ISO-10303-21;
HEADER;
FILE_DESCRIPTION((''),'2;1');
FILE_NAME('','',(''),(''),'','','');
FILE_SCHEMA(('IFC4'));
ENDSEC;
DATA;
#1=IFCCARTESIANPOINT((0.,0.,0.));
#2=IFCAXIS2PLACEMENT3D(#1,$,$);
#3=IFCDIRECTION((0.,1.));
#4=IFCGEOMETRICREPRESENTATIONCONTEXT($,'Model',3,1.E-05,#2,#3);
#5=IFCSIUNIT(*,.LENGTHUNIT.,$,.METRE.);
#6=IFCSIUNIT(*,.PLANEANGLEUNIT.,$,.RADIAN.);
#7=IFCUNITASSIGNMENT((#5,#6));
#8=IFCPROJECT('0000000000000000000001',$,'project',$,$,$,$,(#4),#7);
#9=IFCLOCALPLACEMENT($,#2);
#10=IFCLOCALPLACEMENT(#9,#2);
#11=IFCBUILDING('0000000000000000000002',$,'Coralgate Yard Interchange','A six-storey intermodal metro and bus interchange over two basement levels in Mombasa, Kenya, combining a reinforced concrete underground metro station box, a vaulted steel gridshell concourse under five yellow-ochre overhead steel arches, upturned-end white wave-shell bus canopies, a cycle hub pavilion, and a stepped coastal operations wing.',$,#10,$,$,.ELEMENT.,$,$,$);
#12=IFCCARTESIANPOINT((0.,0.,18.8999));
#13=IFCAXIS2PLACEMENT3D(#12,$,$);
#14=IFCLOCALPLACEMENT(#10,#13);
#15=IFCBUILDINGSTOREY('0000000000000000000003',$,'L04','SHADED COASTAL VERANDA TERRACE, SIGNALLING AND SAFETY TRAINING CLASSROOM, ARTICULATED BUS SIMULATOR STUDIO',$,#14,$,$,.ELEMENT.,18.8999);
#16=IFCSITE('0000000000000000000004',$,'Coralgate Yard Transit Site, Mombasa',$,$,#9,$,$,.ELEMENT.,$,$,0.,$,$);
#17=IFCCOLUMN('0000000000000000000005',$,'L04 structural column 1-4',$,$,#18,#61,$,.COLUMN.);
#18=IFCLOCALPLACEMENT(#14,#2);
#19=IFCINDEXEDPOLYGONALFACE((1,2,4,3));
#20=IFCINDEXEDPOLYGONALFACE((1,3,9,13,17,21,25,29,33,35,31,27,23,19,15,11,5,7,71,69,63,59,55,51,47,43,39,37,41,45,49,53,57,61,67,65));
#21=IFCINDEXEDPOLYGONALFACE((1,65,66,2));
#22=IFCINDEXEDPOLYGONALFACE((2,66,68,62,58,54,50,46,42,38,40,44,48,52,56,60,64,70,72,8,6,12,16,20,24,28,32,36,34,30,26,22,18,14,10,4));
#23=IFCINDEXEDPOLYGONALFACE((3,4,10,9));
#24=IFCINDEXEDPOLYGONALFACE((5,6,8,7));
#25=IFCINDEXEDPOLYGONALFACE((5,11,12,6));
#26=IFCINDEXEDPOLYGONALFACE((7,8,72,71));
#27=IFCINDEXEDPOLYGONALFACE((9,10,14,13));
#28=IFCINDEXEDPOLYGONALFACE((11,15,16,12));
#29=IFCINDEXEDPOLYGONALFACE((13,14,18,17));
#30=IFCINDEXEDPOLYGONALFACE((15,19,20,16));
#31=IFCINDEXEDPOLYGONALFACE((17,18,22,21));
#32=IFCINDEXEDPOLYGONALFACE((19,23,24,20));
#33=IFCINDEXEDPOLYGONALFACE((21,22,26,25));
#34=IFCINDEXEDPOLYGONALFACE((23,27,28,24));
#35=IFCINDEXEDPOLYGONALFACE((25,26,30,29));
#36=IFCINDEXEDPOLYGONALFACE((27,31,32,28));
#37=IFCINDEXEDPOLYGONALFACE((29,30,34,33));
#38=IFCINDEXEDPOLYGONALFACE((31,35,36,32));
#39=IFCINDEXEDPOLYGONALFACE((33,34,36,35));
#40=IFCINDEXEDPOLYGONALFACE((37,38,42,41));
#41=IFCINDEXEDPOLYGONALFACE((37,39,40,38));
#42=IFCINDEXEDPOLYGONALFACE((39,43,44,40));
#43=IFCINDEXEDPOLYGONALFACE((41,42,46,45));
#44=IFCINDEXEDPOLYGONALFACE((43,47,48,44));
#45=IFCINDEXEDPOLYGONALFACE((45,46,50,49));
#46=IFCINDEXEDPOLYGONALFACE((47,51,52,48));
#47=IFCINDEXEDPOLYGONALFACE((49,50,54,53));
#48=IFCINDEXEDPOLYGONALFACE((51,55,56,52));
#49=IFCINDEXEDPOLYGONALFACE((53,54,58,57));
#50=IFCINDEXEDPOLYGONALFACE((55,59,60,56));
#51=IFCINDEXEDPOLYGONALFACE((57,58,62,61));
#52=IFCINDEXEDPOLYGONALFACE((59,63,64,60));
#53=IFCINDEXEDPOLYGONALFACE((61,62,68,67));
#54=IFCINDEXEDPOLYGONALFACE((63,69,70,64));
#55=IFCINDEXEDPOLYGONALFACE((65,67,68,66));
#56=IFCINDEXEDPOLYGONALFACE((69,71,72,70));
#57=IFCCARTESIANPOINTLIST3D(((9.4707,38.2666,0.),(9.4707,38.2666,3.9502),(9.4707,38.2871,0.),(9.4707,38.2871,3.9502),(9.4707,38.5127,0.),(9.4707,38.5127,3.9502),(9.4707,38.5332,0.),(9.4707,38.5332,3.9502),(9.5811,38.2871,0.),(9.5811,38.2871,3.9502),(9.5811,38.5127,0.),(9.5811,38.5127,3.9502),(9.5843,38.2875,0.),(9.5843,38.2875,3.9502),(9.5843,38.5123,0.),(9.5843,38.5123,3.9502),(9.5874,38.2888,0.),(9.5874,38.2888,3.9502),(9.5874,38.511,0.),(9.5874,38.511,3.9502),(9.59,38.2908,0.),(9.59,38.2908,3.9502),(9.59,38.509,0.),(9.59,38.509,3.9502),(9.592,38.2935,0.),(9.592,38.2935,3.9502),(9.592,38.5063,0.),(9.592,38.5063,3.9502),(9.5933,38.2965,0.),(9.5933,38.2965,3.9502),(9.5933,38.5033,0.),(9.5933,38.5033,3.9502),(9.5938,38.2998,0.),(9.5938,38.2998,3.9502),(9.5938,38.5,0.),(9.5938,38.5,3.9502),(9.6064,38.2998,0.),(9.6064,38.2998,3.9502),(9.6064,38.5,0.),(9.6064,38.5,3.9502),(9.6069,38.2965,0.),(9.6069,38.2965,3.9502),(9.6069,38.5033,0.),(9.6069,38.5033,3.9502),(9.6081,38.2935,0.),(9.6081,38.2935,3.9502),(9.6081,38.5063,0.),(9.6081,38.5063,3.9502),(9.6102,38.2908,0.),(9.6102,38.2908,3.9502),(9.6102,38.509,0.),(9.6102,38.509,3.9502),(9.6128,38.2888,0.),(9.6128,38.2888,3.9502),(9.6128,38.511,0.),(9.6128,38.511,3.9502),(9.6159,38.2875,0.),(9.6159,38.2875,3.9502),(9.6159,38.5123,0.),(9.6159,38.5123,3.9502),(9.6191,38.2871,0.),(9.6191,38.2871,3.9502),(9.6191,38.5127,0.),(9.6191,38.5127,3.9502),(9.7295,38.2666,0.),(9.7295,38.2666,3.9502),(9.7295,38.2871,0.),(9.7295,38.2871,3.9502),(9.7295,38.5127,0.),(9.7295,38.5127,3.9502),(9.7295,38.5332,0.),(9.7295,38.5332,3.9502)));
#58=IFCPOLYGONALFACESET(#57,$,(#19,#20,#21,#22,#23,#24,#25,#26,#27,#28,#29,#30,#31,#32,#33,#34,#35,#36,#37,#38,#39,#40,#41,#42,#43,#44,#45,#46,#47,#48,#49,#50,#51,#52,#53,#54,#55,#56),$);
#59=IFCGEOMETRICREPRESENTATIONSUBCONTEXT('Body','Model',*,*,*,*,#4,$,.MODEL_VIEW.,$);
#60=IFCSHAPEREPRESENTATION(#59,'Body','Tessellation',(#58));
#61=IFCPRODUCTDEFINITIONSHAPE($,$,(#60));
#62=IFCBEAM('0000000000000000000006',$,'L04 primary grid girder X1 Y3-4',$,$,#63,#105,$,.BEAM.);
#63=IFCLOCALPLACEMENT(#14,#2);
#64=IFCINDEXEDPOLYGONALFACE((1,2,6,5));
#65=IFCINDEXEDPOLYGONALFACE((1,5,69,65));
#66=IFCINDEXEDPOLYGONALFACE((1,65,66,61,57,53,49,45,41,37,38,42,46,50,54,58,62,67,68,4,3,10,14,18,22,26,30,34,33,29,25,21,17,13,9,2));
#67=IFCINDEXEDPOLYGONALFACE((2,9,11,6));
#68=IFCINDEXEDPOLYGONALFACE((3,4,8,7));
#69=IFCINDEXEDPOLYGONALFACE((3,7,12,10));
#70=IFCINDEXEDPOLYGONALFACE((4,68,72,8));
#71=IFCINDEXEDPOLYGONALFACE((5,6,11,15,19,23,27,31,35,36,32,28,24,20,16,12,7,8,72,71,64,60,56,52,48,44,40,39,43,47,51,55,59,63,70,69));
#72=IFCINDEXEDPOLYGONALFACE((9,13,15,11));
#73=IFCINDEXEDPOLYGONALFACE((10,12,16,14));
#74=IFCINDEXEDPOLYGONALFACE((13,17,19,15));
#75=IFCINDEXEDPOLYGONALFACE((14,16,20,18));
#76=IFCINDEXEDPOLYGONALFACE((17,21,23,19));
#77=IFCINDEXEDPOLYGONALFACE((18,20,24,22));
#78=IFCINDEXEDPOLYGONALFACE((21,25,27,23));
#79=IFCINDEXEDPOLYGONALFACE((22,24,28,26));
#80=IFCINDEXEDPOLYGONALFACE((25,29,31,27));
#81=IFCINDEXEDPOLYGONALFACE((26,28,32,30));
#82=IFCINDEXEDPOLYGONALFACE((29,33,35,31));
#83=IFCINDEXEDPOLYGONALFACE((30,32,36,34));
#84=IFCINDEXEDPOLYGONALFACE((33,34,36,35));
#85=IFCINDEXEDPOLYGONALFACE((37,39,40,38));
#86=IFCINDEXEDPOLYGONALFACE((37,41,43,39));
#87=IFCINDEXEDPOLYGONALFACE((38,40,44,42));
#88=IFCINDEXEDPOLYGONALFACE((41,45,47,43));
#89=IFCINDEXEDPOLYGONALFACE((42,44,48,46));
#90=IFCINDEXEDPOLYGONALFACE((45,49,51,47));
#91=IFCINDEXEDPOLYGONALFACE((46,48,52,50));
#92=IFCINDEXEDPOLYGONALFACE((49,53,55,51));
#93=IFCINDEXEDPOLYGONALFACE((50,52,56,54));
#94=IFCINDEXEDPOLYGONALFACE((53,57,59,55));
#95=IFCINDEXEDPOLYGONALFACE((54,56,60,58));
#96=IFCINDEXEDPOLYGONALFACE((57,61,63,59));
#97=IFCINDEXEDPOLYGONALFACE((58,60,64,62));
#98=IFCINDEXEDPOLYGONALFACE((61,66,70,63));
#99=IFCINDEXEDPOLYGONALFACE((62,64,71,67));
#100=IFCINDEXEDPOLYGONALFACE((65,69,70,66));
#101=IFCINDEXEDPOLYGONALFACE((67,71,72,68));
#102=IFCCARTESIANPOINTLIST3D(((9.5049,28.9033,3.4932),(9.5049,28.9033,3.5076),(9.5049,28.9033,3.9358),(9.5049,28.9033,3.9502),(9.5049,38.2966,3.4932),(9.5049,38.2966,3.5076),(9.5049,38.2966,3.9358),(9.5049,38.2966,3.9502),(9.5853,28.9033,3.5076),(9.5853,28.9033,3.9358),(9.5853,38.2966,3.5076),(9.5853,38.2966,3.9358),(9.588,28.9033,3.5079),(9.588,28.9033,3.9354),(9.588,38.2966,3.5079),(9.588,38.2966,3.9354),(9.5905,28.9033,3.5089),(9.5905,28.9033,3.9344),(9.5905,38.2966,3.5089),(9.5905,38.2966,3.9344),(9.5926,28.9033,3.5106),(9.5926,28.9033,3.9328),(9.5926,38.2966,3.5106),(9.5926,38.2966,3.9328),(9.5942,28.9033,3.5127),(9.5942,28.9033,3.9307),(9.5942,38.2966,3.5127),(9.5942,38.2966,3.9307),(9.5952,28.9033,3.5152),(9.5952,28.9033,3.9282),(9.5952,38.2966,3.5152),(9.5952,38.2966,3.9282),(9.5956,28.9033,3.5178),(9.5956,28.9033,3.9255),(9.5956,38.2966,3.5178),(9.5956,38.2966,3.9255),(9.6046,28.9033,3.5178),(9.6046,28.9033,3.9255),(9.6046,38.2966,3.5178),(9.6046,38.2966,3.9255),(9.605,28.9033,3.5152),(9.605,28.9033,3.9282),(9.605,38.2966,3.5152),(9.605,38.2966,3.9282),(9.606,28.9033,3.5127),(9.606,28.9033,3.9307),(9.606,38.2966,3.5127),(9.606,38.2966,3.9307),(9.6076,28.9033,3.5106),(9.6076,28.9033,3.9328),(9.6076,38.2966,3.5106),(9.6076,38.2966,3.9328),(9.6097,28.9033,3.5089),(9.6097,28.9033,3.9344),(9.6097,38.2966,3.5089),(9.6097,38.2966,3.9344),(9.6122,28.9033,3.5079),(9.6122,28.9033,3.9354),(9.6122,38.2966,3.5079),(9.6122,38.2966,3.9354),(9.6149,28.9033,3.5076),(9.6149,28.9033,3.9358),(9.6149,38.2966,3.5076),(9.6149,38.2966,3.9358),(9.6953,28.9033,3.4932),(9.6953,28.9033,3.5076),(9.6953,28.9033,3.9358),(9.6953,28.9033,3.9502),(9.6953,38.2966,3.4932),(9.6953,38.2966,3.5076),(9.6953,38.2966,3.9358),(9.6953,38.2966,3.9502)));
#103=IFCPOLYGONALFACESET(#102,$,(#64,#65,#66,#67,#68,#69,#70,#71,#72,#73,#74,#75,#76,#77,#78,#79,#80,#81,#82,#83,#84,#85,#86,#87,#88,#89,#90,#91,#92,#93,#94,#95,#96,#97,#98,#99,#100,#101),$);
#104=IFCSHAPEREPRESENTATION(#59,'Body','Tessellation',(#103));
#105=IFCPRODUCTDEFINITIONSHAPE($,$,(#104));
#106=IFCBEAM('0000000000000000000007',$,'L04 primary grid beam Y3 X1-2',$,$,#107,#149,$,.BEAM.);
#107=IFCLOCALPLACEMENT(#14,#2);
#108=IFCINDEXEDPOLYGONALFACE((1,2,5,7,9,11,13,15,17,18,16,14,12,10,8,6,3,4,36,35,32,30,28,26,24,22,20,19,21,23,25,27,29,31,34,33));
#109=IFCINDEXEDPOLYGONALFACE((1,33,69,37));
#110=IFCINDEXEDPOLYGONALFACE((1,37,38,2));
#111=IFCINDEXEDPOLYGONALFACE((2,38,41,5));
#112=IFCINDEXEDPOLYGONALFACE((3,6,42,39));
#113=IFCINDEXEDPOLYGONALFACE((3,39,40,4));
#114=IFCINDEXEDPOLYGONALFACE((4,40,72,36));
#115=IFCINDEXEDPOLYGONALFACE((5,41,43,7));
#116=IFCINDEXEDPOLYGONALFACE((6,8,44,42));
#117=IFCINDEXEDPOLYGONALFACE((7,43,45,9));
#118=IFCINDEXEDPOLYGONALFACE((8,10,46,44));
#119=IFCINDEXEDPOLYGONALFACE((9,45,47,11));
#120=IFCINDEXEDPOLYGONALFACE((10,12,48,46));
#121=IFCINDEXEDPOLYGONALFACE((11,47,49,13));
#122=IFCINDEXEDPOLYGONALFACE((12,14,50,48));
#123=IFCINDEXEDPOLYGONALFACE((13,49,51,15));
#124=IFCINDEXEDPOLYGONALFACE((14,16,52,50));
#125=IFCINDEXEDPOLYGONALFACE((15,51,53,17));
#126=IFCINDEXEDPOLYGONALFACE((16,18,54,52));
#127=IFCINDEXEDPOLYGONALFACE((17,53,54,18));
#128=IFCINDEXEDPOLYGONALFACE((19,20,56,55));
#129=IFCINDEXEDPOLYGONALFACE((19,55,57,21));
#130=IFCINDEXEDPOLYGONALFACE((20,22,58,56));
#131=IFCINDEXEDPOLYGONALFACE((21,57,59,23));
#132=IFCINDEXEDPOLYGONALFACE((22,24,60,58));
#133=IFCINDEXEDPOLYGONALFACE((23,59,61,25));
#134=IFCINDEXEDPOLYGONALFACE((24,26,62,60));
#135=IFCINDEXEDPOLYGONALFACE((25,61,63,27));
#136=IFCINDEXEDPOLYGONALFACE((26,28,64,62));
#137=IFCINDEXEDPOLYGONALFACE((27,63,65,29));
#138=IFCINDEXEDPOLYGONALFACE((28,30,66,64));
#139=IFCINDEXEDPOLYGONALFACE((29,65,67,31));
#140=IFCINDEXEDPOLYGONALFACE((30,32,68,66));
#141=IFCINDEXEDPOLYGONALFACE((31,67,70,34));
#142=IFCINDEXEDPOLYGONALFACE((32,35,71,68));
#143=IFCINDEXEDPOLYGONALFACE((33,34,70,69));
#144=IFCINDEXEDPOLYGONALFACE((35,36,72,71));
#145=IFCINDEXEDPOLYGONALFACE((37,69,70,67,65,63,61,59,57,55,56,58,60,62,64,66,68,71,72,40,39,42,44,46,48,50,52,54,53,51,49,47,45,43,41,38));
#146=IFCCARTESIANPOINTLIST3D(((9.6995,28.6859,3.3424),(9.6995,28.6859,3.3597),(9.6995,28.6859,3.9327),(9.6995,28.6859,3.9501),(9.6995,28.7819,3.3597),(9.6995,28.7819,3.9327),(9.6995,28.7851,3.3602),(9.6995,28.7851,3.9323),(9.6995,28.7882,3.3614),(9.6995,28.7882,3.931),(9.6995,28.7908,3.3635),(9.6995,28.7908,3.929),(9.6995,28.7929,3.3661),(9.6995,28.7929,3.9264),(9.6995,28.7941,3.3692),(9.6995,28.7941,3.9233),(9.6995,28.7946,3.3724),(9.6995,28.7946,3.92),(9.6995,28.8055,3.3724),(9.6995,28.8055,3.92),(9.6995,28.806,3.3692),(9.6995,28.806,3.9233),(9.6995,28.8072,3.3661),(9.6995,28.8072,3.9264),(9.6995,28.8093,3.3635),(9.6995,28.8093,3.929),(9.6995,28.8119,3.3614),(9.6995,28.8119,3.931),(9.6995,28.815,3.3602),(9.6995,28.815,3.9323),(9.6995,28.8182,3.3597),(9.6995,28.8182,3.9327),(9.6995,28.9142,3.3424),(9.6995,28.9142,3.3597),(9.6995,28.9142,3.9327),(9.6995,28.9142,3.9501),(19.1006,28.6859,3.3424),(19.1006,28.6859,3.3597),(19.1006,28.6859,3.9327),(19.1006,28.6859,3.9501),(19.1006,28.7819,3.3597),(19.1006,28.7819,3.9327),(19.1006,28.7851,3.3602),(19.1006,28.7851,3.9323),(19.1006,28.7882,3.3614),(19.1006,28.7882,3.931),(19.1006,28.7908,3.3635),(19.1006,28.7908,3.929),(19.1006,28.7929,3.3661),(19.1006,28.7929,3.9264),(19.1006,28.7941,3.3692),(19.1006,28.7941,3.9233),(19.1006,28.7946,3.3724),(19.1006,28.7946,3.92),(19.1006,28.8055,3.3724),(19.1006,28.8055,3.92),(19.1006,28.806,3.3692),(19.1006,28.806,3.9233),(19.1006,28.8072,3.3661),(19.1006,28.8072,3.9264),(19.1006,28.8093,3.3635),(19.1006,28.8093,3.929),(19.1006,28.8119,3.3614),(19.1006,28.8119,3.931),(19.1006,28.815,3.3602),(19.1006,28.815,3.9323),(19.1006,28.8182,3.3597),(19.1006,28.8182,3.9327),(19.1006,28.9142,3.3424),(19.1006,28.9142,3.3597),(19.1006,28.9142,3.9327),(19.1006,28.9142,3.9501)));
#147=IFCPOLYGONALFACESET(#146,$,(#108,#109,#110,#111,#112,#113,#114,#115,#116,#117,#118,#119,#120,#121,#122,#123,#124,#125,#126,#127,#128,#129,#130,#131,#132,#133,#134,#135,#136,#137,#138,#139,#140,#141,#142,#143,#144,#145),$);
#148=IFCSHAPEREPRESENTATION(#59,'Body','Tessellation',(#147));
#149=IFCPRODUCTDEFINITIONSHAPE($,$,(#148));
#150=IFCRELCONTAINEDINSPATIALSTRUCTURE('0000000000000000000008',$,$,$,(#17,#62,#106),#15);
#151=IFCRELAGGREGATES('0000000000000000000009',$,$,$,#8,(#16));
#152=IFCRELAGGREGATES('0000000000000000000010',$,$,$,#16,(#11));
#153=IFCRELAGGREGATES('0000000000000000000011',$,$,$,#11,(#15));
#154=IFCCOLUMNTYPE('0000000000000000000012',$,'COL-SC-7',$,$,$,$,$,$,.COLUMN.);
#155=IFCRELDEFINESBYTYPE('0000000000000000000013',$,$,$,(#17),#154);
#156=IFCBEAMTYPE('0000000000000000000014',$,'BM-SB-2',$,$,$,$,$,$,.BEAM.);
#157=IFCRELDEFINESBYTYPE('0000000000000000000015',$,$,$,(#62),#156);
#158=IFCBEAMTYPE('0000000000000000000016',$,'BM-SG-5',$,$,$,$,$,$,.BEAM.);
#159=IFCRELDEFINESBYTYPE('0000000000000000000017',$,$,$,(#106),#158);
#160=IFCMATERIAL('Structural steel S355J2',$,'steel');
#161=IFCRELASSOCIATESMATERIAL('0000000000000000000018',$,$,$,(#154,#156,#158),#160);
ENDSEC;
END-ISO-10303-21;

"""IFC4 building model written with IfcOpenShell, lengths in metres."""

from ifc_helpers import new_model, si_unit, direction, frame, origin, origin_2d, place, context, subcontext, project, spatial, i_section, extrude, material, material_profile, profile_set, type_object, element, save


model = new_model("IFC4")

# Units and contexts
model_context = context("Model", 3, precision=1e-05, world=origin(), true_north=direction((0.0, 1.0)))
body_context = subcontext(model_context, "Body", "Model", "MODEL_VIEW")
ifc_project = project(units=[si_unit("LENGTHUNIT", "METRE"), si_unit("PLANEANGLEUNIT", "RADIAN")], contexts=[model_context])

# Site, building, storey
site_placement = place(None, origin())
site = spatial("IfcSite", under=ifc_project, at=site_placement, Name="Coralgate Yard Transit Site, Mombasa", CompositionType="ELEMENT", RefElevation=0.0)
building_placement = place(site_placement, origin())
building = spatial("IfcBuilding", under=site, at=building_placement, Name="Coralgate Yard Interchange", Description="A six-storey intermodal metro and bus interchange over two basement levels in Mombasa, Kenya, combining a reinforced concrete underground metro station box, a vaulted steel gridshell concourse under five yellow-ochre overhead steel arches, upturned-end white wave-shell bus canopies, a cycle hub pavilion, and a stepped coastal operations wing.", CompositionType="ELEMENT")
storey_placement = place(building_placement, frame((0.0, 0.0, 18.8999)))
storey = spatial("IfcBuildingStorey", under=building, at=storey_placement, Name="L04", Description="SHADED COASTAL VERANDA TERRACE, SIGNALLING AND SAFETY TRAINING CLASSROOM, ARTICULATED BUS SIMULATOR STUDIO", CompositionType="ELEMENT", Elevation=18.8999)

# Column
ifc_material_1 = material(Name="Structural steel S355J2", Category="steel")
ifc_material_profile_1 = material_profile(ifc_material_1, i_section(OverallWidth=0.2588, OverallDepth=0.2666, WebThickness=0.0127, FlangeThickness=0.0205, FilletRadius=0.0127, at=origin_2d()), Name="UC 254x254x107")
ifc_profile_set_1 = profile_set([ifc_material_profile_1], Name="Structural steel S355J2")
column_type = type_object("IfcColumnType", Name="COL-SC-7", PredefinedType="COLUMN", material=ifc_profile_set_1)
column_placement = place(storey_placement, frame((9.6001, 38.3999, 0.0), z_axis=(0.0, 0.0, 1.0), x_axis=(1.0, 0.0, 0.0)))
element("IfcColumn", 1, at=column_placement, inside=storey, type_object=column_type, Name="L04 structural column 1-4", PredefinedType="COLUMN", context=body_context, shape_type="SweptSolid", body=[
    extrude(i_section(OverallWidth=0.2588, OverallDepth=0.2666, WebThickness=0.0127, FlangeThickness=0.0205, FilletRadius=0.0127, at=origin_2d()), origin(), (0.0, 0.0, 1.0), 3.9502),
])

# Beams
ifc_material_profile_2 = material_profile(ifc_material_1, i_section(OverallWidth=0.1904, OverallDepth=0.457, WebThickness=0.009, FlangeThickness=0.0144, FilletRadius=0.0103, at=origin_2d()), Name="UB 457x191x74")
ifc_profile_set_2 = profile_set([ifc_material_profile_2], Name="Structural steel S355J2")
beam_type_1 = type_object("IfcBeamType", Name="BM-SB-2", PredefinedType="BEAM", material=ifc_profile_set_2)
beam_1_placement = place(storey_placement, frame((9.6001, 28.9033, 3.7217), z_axis=(0.0, 1.0, 0.0), x_axis=(-1.0, 0.0, 0.0)))
element("IfcBeam", 2, at=beam_1_placement, inside=storey, type_object=beam_type_1, Name="L04 primary grid girder X1 Y3-4", PredefinedType="BEAM", context=body_context, shape_type="SweptSolid", body=[
    extrude(i_section(OverallWidth=0.1904, OverallDepth=0.457, WebThickness=0.009, FlangeThickness=0.0144, FilletRadius=0.0103, at=origin_2d()), origin(), (0.0, 0.0, 1.0), 9.3933),
])
ifc_material_profile_3 = material_profile(ifc_material_1, i_section(OverallWidth=0.2283, OverallDepth=0.6077, WebThickness=0.011, FlangeThickness=0.0173, FilletRadius=0.0127, at=origin_2d()), Name="UB 610x229x113")
ifc_profile_set_3 = profile_set([ifc_material_profile_3], Name="Structural steel S355J2")
beam_type_2 = type_object("IfcBeamType", Name="BM-SG-5", PredefinedType="BEAM", material=ifc_profile_set_3)
beam_2_placement = place(storey_placement, frame((9.6995, 28.8, 3.6462), z_axis=(1.0, 0.0, 0.0), x_axis=(0.0, 1.0, 0.0)))
element("IfcBeam", 3, at=beam_2_placement, inside=storey, type_object=beam_type_2, Name="L04 primary grid beam Y3 X1-2", PredefinedType="BEAM", context=body_context, shape_type="SweptSolid", body=[
    extrude(i_section(OverallWidth=0.2283, OverallDepth=0.6077, WebThickness=0.011, FlangeThickness=0.0173, FilletRadius=0.0127, at=origin_2d()), origin(), (0.0, 0.0, 1.0), 9.4011),
])

save(model, "model.ifc")
